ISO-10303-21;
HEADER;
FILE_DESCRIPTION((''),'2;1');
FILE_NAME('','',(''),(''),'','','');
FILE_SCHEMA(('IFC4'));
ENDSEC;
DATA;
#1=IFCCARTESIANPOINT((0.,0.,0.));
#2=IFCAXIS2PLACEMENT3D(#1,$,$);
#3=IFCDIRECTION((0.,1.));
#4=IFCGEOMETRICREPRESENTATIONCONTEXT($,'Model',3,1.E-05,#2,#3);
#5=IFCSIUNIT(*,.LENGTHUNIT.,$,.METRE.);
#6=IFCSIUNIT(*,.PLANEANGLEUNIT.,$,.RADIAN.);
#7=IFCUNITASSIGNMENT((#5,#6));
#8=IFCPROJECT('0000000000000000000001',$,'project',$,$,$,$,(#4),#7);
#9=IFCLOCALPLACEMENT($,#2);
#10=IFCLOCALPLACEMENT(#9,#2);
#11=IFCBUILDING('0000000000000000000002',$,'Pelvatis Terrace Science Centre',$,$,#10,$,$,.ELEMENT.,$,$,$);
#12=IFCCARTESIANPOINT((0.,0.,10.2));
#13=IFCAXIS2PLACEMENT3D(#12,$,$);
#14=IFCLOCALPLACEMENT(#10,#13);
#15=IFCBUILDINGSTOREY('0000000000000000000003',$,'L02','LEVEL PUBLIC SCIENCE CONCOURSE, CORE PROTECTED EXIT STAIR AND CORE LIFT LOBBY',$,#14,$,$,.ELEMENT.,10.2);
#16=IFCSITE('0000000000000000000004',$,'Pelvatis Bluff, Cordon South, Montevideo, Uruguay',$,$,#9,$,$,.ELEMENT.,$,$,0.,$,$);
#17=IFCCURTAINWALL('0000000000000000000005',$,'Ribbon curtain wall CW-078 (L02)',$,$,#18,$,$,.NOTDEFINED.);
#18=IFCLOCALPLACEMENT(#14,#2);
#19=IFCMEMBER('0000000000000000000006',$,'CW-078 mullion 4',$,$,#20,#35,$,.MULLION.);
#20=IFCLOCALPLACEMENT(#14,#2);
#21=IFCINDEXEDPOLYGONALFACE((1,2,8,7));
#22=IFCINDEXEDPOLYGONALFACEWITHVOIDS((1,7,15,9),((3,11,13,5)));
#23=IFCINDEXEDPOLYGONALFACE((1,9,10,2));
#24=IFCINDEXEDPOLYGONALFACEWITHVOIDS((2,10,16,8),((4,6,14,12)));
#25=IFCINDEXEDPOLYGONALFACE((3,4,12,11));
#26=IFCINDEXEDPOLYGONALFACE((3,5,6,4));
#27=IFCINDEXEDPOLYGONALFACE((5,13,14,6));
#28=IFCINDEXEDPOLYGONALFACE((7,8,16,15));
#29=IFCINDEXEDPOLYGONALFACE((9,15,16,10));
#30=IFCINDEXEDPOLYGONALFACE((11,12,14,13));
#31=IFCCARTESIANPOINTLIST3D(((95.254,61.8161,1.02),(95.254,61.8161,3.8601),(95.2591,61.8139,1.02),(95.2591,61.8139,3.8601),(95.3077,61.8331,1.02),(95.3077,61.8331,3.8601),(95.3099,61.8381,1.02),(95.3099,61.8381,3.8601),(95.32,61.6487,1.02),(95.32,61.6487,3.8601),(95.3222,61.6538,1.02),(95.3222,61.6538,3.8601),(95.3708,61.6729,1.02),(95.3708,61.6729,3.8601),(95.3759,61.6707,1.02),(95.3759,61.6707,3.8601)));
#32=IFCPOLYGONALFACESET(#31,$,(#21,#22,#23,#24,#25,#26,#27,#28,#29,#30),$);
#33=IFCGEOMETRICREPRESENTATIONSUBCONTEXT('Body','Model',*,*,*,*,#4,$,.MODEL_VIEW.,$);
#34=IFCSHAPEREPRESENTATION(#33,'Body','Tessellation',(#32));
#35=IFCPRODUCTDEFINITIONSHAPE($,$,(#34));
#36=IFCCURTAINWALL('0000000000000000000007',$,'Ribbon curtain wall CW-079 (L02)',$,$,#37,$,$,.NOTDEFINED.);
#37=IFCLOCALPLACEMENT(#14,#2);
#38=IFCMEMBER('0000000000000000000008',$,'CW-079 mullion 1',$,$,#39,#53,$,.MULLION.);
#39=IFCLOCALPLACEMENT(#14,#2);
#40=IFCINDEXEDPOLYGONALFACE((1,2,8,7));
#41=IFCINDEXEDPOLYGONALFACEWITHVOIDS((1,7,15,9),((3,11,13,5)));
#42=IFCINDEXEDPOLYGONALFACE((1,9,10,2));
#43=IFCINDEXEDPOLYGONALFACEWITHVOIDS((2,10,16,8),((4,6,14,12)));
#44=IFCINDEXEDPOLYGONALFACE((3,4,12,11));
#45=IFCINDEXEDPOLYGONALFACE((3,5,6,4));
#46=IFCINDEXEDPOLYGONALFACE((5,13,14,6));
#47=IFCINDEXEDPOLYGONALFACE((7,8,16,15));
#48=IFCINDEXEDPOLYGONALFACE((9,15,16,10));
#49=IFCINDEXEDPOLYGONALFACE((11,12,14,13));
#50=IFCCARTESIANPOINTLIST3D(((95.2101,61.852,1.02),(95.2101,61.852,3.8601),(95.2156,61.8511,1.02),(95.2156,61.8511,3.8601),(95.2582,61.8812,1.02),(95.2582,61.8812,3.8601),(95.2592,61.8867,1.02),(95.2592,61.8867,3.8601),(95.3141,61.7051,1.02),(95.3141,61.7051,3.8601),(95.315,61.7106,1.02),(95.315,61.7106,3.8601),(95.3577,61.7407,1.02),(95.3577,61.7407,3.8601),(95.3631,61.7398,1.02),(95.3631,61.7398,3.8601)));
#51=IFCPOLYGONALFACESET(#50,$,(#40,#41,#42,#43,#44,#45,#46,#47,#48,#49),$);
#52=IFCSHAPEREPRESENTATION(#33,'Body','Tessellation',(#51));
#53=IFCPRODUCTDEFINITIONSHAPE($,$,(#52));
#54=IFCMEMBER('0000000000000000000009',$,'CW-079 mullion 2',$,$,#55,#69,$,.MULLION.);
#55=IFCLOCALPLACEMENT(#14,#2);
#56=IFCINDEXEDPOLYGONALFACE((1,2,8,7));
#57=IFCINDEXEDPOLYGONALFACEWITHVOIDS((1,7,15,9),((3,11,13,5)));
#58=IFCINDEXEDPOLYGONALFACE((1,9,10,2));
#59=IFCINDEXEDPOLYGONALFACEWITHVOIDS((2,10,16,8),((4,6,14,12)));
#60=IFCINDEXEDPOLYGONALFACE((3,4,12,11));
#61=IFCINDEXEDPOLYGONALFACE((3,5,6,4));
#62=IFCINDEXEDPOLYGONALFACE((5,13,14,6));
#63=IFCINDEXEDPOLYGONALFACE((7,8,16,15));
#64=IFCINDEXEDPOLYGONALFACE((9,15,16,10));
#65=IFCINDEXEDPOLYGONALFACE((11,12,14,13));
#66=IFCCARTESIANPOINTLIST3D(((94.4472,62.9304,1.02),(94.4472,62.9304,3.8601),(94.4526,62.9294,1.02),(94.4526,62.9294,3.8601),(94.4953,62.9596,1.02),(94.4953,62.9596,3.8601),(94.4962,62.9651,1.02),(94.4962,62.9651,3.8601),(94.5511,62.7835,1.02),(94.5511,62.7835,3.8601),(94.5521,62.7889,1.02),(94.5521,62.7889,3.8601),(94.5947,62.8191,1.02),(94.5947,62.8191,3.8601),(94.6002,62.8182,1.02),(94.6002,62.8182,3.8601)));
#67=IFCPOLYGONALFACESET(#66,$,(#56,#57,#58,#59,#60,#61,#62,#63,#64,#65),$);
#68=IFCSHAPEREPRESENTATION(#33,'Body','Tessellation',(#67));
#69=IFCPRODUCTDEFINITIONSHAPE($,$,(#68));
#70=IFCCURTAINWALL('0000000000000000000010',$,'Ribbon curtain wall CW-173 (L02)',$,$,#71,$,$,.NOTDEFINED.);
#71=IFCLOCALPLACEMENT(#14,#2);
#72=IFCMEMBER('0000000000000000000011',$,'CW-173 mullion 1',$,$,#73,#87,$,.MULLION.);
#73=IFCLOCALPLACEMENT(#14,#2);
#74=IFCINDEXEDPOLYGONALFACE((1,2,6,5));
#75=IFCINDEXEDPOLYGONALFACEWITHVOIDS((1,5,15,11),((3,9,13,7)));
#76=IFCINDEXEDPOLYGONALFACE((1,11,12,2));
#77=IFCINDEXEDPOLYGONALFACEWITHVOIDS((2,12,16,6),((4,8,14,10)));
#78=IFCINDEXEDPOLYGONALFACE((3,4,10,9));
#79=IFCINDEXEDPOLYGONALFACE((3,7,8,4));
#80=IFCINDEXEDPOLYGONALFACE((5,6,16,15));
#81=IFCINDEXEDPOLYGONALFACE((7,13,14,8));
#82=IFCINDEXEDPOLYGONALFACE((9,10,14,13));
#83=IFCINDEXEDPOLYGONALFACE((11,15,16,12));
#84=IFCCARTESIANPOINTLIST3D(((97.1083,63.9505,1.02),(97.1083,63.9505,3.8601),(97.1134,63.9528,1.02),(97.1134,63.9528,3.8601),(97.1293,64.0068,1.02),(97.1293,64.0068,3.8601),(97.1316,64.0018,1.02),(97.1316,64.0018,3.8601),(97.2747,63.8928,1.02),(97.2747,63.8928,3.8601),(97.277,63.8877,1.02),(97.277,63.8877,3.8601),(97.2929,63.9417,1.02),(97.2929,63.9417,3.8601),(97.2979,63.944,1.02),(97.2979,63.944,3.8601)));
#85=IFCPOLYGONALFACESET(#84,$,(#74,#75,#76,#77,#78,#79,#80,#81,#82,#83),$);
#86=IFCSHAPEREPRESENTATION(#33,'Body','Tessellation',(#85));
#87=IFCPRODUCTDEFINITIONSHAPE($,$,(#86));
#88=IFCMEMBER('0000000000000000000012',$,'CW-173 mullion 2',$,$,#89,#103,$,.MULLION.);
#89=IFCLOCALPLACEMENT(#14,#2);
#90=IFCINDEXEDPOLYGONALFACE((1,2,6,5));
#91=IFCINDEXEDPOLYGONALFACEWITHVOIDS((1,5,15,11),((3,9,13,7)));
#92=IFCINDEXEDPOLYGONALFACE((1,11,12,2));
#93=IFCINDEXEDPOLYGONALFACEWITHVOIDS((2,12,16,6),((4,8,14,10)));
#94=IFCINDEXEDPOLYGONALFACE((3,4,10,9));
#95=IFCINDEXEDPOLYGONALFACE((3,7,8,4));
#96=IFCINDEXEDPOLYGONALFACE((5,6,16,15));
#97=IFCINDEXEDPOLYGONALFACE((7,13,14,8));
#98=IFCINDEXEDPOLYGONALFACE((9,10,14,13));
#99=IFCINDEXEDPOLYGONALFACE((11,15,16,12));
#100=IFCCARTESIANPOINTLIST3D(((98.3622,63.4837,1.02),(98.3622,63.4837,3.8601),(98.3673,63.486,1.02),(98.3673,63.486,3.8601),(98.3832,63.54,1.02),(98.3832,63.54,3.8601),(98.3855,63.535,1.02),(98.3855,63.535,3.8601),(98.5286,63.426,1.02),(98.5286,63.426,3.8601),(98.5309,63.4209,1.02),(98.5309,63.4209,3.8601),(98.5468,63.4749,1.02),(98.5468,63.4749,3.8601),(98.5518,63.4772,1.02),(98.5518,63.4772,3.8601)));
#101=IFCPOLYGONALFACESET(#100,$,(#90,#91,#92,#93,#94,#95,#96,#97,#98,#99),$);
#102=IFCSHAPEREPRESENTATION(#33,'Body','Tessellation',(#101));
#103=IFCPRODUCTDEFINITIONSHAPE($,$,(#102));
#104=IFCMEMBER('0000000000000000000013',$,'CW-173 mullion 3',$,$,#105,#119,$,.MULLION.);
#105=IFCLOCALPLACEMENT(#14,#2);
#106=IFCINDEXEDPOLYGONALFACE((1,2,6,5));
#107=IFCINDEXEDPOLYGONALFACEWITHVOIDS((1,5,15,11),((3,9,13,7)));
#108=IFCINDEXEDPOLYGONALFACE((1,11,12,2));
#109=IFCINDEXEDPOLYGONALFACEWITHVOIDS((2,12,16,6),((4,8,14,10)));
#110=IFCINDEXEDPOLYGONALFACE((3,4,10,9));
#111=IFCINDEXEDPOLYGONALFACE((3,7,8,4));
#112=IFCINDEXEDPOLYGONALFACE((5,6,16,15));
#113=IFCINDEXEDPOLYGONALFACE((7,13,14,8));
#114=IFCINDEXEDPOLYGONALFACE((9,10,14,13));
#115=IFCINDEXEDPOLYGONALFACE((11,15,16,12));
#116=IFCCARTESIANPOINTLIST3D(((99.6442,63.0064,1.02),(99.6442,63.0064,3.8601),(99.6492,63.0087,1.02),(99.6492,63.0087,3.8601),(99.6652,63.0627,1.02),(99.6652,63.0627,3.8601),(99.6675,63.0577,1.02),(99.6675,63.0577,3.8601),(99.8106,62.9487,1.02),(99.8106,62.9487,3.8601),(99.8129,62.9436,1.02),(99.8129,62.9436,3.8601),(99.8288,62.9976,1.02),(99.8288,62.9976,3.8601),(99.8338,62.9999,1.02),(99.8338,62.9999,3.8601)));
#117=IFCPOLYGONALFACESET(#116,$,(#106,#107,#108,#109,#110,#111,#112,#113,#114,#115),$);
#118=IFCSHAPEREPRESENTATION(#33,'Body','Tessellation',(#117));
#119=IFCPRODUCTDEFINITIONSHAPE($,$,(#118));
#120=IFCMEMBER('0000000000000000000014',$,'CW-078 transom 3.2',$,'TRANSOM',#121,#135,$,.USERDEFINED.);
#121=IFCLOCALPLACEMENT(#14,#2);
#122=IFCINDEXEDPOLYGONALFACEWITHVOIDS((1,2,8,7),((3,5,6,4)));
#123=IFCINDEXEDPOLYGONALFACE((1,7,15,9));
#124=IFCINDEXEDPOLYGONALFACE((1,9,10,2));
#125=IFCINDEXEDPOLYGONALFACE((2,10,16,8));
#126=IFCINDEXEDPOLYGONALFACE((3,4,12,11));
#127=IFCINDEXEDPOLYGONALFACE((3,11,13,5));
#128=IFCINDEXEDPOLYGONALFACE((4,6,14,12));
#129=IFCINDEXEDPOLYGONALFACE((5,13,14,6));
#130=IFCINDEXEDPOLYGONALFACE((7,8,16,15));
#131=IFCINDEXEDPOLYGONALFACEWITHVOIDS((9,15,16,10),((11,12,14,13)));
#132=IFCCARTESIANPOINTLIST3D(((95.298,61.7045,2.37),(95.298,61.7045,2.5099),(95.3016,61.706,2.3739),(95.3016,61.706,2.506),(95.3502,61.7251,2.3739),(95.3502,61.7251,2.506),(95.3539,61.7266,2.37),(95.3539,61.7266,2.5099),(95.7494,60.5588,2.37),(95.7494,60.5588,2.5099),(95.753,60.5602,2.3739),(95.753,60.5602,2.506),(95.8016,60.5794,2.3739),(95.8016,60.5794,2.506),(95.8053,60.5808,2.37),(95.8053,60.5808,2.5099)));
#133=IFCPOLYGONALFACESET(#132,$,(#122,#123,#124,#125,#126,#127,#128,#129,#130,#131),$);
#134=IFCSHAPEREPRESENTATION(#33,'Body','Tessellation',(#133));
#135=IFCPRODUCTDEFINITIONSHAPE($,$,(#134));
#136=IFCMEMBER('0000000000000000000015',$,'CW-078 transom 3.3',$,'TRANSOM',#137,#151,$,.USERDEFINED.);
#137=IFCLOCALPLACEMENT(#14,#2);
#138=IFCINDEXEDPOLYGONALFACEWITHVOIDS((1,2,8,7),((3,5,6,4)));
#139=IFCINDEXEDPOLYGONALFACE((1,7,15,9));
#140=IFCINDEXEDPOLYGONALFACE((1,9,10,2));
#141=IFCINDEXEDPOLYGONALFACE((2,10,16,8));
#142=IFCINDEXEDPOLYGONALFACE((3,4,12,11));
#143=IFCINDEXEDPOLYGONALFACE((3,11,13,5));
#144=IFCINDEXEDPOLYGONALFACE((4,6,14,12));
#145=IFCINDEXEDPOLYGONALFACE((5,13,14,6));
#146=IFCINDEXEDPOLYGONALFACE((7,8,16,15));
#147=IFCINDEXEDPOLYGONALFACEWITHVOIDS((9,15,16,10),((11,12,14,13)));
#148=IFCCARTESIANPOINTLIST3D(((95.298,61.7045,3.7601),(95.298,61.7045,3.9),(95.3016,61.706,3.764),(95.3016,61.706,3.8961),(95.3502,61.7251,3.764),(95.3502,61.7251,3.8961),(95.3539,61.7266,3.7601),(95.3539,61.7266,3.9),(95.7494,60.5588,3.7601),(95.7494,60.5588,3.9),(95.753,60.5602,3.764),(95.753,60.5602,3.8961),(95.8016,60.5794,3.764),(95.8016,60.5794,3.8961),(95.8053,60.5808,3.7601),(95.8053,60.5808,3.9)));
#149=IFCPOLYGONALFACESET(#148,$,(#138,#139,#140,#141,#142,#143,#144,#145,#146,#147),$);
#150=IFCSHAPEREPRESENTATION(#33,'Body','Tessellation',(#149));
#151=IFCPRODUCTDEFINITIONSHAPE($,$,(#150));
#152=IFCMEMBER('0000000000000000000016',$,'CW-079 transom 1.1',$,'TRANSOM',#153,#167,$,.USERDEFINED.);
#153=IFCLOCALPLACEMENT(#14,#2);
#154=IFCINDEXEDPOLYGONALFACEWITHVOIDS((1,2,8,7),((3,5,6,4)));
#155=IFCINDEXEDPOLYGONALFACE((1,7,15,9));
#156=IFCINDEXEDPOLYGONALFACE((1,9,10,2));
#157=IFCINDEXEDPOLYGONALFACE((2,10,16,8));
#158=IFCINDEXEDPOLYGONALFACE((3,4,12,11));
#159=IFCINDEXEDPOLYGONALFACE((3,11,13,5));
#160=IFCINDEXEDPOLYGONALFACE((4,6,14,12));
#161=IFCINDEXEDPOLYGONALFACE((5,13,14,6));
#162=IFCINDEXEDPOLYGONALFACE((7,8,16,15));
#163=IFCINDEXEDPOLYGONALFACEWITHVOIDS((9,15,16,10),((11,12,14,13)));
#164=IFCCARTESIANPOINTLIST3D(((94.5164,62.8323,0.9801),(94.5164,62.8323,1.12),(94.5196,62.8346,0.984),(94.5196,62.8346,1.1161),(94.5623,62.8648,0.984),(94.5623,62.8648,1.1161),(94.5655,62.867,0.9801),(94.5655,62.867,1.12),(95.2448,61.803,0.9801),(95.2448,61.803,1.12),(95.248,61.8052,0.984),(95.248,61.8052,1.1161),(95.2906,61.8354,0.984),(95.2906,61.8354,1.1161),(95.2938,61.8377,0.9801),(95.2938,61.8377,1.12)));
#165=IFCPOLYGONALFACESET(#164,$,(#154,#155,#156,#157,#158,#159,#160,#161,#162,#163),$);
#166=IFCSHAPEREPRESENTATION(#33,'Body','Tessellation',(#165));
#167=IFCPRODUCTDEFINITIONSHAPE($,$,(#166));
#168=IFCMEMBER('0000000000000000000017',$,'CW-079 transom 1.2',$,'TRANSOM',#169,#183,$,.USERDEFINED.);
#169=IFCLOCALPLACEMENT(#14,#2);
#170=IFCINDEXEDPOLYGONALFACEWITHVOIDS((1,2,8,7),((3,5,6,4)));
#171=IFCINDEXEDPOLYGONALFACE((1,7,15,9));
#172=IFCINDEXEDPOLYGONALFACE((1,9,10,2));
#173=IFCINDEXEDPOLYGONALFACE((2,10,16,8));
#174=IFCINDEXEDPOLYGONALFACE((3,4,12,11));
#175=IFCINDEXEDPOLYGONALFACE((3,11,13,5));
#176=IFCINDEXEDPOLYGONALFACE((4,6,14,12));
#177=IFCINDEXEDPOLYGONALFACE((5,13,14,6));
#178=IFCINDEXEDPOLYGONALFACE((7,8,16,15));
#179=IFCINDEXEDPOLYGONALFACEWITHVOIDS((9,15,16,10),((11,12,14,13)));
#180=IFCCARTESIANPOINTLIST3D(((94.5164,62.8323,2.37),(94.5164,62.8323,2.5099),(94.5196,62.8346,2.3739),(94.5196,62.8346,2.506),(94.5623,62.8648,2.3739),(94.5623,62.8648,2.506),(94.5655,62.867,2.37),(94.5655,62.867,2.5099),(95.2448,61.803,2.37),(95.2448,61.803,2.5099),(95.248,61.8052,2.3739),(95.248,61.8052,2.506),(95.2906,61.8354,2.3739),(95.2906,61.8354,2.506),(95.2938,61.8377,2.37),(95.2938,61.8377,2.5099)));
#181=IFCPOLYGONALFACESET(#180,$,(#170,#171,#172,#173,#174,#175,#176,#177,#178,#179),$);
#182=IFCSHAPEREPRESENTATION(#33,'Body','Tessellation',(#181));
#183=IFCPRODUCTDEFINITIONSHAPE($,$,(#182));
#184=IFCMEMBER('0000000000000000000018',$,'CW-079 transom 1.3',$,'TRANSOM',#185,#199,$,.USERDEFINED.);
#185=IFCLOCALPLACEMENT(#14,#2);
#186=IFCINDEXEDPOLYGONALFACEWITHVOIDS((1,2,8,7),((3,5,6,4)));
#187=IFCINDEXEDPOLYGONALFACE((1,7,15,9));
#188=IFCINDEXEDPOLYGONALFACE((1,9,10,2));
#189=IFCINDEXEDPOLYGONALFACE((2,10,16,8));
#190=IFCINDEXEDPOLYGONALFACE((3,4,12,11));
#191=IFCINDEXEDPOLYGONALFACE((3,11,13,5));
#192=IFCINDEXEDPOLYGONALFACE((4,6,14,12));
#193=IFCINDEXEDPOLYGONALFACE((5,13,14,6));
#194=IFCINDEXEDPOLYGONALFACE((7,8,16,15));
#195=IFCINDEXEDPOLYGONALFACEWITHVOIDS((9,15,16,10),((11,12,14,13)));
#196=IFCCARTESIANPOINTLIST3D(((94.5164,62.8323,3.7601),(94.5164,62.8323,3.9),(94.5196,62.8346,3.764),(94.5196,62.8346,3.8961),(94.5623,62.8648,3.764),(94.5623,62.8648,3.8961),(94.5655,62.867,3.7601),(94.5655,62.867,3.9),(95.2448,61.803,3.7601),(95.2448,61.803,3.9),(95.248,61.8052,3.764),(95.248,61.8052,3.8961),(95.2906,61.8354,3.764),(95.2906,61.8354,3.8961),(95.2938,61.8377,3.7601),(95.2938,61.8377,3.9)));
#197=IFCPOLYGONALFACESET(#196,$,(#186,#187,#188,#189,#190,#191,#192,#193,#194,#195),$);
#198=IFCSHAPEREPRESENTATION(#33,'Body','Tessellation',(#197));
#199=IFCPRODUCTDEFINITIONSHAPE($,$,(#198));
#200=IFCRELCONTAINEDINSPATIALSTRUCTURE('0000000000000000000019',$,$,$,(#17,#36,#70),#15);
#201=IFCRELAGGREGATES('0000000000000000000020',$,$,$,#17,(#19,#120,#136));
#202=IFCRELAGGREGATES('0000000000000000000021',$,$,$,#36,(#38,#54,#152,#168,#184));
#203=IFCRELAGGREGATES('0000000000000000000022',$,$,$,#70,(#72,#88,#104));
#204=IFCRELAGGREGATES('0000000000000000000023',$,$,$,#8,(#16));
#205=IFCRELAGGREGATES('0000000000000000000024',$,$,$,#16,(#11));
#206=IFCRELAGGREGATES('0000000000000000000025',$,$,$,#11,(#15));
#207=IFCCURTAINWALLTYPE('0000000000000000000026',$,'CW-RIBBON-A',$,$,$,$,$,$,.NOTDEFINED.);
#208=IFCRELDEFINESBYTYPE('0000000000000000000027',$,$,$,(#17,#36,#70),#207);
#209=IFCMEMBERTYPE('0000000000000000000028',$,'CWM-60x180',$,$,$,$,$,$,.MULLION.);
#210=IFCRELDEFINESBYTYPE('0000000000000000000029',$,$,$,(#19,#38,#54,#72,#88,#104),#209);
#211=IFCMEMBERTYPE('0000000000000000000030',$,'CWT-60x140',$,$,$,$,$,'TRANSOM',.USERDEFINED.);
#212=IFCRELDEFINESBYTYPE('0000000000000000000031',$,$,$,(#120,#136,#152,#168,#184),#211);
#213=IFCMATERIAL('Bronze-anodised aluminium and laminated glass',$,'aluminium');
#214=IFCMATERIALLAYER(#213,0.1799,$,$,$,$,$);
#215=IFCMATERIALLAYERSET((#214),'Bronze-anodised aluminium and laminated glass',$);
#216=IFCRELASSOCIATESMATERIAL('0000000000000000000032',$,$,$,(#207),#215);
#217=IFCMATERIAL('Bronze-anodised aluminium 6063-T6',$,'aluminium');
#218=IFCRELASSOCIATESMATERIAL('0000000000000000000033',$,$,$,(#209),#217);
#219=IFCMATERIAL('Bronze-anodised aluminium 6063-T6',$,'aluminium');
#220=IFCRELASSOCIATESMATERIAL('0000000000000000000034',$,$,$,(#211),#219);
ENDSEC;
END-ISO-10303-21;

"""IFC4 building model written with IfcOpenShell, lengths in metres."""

from ifc_helpers import new_model, si_unit, direction, frame, origin, origin_2d, place, context, subcontext, project, spatial, hollow_rectangle, extrude, material, layer, layer_set, material_profile, profile_set, type_object, element, aggregate, save


model = new_model("IFC4")

# Units and contexts
model_context = context("Model", 3, precision=1e-05, world=origin(), true_north=direction((0.0, 1.0)))
body_context = subcontext(model_context, "Body", "Model", "MODEL_VIEW")
ifc_project = project(units=[si_unit("LENGTHUNIT", "METRE"), si_unit("PLANEANGLEUNIT", "RADIAN")], contexts=[model_context])

# Site, building, storey
site_placement = place(None, origin())
site = spatial("IfcSite", under=ifc_project, at=site_placement, Name="Pelvatis Bluff, Cordon South, Montevideo, Uruguay", CompositionType="ELEMENT", RefElevation=0.0)
building_placement = place(site_placement, origin())
building = spatial("IfcBuilding", under=site, at=building_placement, Name="Pelvatis Terrace Science Centre", CompositionType="ELEMENT")
storey_placement = place(building_placement, frame((0.0, 0.0, 10.2)))
storey = spatial("IfcBuildingStorey", under=building, at=storey_placement, Name="L02", Description="LEVEL PUBLIC SCIENCE CONCOURSE, CORE PROTECTED EXIT STAIR AND CORE LIFT LOBBY", CompositionType="ELEMENT", Elevation=10.2)

# Curtain wall, member
ifc_material_1 = material(Name="Bronze-anodised aluminium and laminated glass", Category="aluminium")
ifc_layer_1 = layer(ifc_material_1, 0.1799)
ifc_layer_set_1 = layer_set([ifc_layer_1], Name="Bronze-anodised aluminium and laminated glass")
curtain_wall_type = type_object("IfcCurtainWallType", Name="CW-RIBBON-A", PredefinedType="NOTDEFINED", material=ifc_layer_set_1)
curtain_wall_1_placement = place(storey_placement, origin())
curtain_wall_1 = element("IfcCurtainWall", 1, at=curtain_wall_1_placement, inside=storey, type_object=curtain_wall_type, Name="Ribbon curtain wall CW-078 (L02)", PredefinedType="NOTDEFINED")
ifc_material_2 = material(Name="Bronze-anodised aluminium 6063-T6", Category="aluminium")
ifc_material_profile_1 = material_profile(ifc_material_2, hollow_rectangle(XDim=0.0601, YDim=0.1799, WallThickness=0.0039, at=origin_2d()), Name="ALU-MUL 60x180")
ifc_profile_set_1 = profile_set([ifc_material_profile_1], Name="Bronze-anodised aluminium 6063-T6")
member_type_1 = type_object("IfcMemberType", Name="CWM-60x180", PredefinedType="MULLION", material=ifc_profile_set_1)
member_1_placement = place(storey_placement, frame((95.3149, 61.7434, 1.02), z_axis=(0.0, 0.0, 1.0), x_axis=(-0.93038, -0.366597, 0.0)))
member_1 = element("IfcMember", 2, at=member_1_placement, type_object=member_type_1, Name="CW-078 mullion 4", PredefinedType="MULLION", context=body_context, shape_type="SweptSolid", body=[
    extrude(hollow_rectangle(XDim=0.0601, YDim=0.1799, WallThickness=0.0039, at=origin_2d()), origin(), (0.0, 0.0, 1.0), 2.8401),
])

# Curtain walls, members
curtain_wall_2_placement = place(storey_placement, origin())
curtain_wall_2 = element("IfcCurtainWall", 3, at=curtain_wall_2_placement, inside=storey, type_object=curtain_wall_type, Name="Ribbon curtain wall CW-079 (L02)", PredefinedType="NOTDEFINED")
member_2_placement = place(storey_placement, frame((95.2866, 61.7959, 1.02), z_axis=(0.0, 0.0, 1.0), x_axis=(-0.816326, -0.577591, 0.0)))
member_2 = element("IfcMember", 4, at=member_2_placement, type_object=member_type_1, Name="CW-079 mullion 1", PredefinedType="MULLION", context=body_context, shape_type="SweptSolid", body=[
    extrude(hollow_rectangle(XDim=0.0601, YDim=0.1799, WallThickness=0.0039, at=origin_2d()), origin(), (0.0, 0.0, 1.0), 2.8401),
])
member_3_placement = place(storey_placement, frame((94.5237, 62.8743, 1.02), z_axis=(0.0, 0.0, 1.0), x_axis=(-0.816326, -0.577591, 0.0)))
member_3 = element("IfcMember", 5, at=member_3_placement, type_object=member_type_1, Name="CW-079 mullion 2", PredefinedType="MULLION", context=body_context, shape_type="SweptSolid", body=[
    extrude(hollow_rectangle(XDim=0.0601, YDim=0.1799, WallThickness=0.0039, at=origin_2d()), origin(), (0.0, 0.0, 1.0), 2.8401),
])
curtain_wall_3_placement = place(storey_placement, origin())
curtain_wall_3 = element("IfcCurtainWall", 6, at=curtain_wall_3_placement, inside=storey, type_object=curtain_wall_type, Name="Ribbon curtain wall CW-173 (L02)", PredefinedType="NOTDEFINED")
member_4_placement = place(storey_placement, frame((97.2031, 63.9473, 1.02), z_axis=(0.0, 0.0, 1.0), x_axis=(0.348869, 0.937171, 0.0)))
member_4 = element("IfcMember", 7, at=member_4_placement, type_object=member_type_1, Name="CW-173 mullion 1", PredefinedType="MULLION", context=body_context, shape_type="SweptSolid", body=[
    extrude(hollow_rectangle(XDim=0.0601, YDim=0.1799, WallThickness=0.0039, at=origin_2d()), origin(), (0.0, 0.0, 1.0), 2.8401),
])
member_5_placement = place(storey_placement, frame((98.457, 63.4805, 1.02), z_axis=(0.0, 0.0, 1.0), x_axis=(0.348869, 0.937171, 0.0)))
member_5 = element("IfcMember", 8, at=member_5_placement, type_object=member_type_1, Name="CW-173 mullion 2", PredefinedType="MULLION", context=body_context, shape_type="SweptSolid", body=[
    extrude(hollow_rectangle(XDim=0.0601, YDim=0.1799, WallThickness=0.0039, at=origin_2d()), origin(), (0.0, 0.0, 1.0), 2.8401),
])
member_6_placement = place(storey_placement, frame((99.739, 63.0032, 1.02), z_axis=(0.0, 0.0, 1.0), x_axis=(0.348869, 0.937171, 0.0)))
member_6 = element("IfcMember", 9, at=member_6_placement, type_object=member_type_1, Name="CW-173 mullion 3", PredefinedType="MULLION", context=body_context, shape_type="SweptSolid", body=[
    extrude(hollow_rectangle(XDim=0.0601, YDim=0.1799, WallThickness=0.0039, at=origin_2d()), origin(), (0.0, 0.0, 1.0), 2.8401),
])

# Members
ifc_material_3 = material(Name="Bronze-anodised aluminium 6063-T6", Category="aluminium")
ifc_material_profile_2 = material_profile(ifc_material_3, hollow_rectangle(XDim=0.0601, YDim=0.1399, WallThickness=0.0039, at=origin_2d()), Name="ALU-TRN 60x140")
ifc_profile_set_2 = profile_set([ifc_material_profile_2], Name="Bronze-anodised aluminium 6063-T6")
member_type_2 = type_object("IfcMemberType", Name="CWT-60x140", ElementType="TRANSOM", PredefinedType="USERDEFINED", material=ifc_profile_set_2)
member_7_placement = place(storey_placement, frame((95.7773, 60.5698, 2.4399), z_axis=(-0.366566, 0.930392, 0.0), x_axis=(-0.930392, -0.366566, 0.0)))
member_7 = element("IfcMember", 10, at=member_7_placement, type_object=member_type_2, Name="CW-078 transom 3.2", ObjectType="TRANSOM", PredefinedType="USERDEFINED", context=body_context, shape_type="SweptSolid", body=[
    extrude(hollow_rectangle(XDim=0.0601, YDim=0.1399, WallThickness=0.0039, at=origin_2d()), origin(), (0.0, 0.0, 1.0), 1.2314),
])
member_8_placement = place(storey_placement, frame((95.7773, 60.5698, 3.8301), z_axis=(-0.366566, 0.930392, 0.0), x_axis=(-0.930392, -0.366566, 0.0)))
member_8 = element("IfcMember", 11, at=member_8_placement, type_object=member_type_2, Name="CW-078 transom 3.3", ObjectType="TRANSOM", PredefinedType="USERDEFINED", context=body_context, shape_type="SweptSolid", body=[
    extrude(hollow_rectangle(XDim=0.0601, YDim=0.1399, WallThickness=0.0039, at=origin_2d()), origin(), (0.0, 0.0, 1.0), 1.2314),
])
member_9_placement = place(storey_placement, frame((95.2693, 61.8203, 1.05), z_axis=(-0.577587, 0.816329, 0.0), x_axis=(-0.816329, -0.577587, 0.0)))
member_9 = element("IfcMember", 12, at=member_9_placement, type_object=member_type_2, Name="CW-079 transom 1.1", ObjectType="TRANSOM", PredefinedType="USERDEFINED", context=body_context, shape_type="SweptSolid", body=[
    extrude(hollow_rectangle(XDim=0.0601, YDim=0.1399, WallThickness=0.0039, at=origin_2d()), origin(), (0.0, 0.0, 1.0), 1.261),
])
member_10_placement = place(storey_placement, frame((95.2693, 61.8203, 2.4399), z_axis=(-0.577587, 0.816329, 0.0), x_axis=(-0.816329, -0.577587, 0.0)))
member_10 = element("IfcMember", 13, at=member_10_placement, type_object=member_type_2, Name="CW-079 transom 1.2", ObjectType="TRANSOM", PredefinedType="USERDEFINED", context=body_context, shape_type="SweptSolid", body=[
    extrude(hollow_rectangle(XDim=0.0601, YDim=0.1399, WallThickness=0.0039, at=origin_2d()), origin(), (0.0, 0.0, 1.0), 1.261),
])
member_11_placement = place(storey_placement, frame((95.2693, 61.8203, 3.8301), z_axis=(-0.577587, 0.816329, 0.0), x_axis=(-0.816329, -0.577587, 0.0)))
member_11 = element("IfcMember", 14, at=member_11_placement, type_object=member_type_2, Name="CW-079 transom 1.3", ObjectType="TRANSOM", PredefinedType="USERDEFINED", context=body_context, shape_type="SweptSolid", body=[
    extrude(hollow_rectangle(XDim=0.0601, YDim=0.1399, WallThickness=0.0039, at=origin_2d()), origin(), (0.0, 0.0, 1.0), 1.261),
])

aggregate(curtain_wall_1, [member_1, member_7, member_8])
aggregate(curtain_wall_2, [member_2, member_3, member_9, member_10, member_11])
aggregate(curtain_wall_3, [member_4, member_5, member_6])

save(model, "model.ifc")
